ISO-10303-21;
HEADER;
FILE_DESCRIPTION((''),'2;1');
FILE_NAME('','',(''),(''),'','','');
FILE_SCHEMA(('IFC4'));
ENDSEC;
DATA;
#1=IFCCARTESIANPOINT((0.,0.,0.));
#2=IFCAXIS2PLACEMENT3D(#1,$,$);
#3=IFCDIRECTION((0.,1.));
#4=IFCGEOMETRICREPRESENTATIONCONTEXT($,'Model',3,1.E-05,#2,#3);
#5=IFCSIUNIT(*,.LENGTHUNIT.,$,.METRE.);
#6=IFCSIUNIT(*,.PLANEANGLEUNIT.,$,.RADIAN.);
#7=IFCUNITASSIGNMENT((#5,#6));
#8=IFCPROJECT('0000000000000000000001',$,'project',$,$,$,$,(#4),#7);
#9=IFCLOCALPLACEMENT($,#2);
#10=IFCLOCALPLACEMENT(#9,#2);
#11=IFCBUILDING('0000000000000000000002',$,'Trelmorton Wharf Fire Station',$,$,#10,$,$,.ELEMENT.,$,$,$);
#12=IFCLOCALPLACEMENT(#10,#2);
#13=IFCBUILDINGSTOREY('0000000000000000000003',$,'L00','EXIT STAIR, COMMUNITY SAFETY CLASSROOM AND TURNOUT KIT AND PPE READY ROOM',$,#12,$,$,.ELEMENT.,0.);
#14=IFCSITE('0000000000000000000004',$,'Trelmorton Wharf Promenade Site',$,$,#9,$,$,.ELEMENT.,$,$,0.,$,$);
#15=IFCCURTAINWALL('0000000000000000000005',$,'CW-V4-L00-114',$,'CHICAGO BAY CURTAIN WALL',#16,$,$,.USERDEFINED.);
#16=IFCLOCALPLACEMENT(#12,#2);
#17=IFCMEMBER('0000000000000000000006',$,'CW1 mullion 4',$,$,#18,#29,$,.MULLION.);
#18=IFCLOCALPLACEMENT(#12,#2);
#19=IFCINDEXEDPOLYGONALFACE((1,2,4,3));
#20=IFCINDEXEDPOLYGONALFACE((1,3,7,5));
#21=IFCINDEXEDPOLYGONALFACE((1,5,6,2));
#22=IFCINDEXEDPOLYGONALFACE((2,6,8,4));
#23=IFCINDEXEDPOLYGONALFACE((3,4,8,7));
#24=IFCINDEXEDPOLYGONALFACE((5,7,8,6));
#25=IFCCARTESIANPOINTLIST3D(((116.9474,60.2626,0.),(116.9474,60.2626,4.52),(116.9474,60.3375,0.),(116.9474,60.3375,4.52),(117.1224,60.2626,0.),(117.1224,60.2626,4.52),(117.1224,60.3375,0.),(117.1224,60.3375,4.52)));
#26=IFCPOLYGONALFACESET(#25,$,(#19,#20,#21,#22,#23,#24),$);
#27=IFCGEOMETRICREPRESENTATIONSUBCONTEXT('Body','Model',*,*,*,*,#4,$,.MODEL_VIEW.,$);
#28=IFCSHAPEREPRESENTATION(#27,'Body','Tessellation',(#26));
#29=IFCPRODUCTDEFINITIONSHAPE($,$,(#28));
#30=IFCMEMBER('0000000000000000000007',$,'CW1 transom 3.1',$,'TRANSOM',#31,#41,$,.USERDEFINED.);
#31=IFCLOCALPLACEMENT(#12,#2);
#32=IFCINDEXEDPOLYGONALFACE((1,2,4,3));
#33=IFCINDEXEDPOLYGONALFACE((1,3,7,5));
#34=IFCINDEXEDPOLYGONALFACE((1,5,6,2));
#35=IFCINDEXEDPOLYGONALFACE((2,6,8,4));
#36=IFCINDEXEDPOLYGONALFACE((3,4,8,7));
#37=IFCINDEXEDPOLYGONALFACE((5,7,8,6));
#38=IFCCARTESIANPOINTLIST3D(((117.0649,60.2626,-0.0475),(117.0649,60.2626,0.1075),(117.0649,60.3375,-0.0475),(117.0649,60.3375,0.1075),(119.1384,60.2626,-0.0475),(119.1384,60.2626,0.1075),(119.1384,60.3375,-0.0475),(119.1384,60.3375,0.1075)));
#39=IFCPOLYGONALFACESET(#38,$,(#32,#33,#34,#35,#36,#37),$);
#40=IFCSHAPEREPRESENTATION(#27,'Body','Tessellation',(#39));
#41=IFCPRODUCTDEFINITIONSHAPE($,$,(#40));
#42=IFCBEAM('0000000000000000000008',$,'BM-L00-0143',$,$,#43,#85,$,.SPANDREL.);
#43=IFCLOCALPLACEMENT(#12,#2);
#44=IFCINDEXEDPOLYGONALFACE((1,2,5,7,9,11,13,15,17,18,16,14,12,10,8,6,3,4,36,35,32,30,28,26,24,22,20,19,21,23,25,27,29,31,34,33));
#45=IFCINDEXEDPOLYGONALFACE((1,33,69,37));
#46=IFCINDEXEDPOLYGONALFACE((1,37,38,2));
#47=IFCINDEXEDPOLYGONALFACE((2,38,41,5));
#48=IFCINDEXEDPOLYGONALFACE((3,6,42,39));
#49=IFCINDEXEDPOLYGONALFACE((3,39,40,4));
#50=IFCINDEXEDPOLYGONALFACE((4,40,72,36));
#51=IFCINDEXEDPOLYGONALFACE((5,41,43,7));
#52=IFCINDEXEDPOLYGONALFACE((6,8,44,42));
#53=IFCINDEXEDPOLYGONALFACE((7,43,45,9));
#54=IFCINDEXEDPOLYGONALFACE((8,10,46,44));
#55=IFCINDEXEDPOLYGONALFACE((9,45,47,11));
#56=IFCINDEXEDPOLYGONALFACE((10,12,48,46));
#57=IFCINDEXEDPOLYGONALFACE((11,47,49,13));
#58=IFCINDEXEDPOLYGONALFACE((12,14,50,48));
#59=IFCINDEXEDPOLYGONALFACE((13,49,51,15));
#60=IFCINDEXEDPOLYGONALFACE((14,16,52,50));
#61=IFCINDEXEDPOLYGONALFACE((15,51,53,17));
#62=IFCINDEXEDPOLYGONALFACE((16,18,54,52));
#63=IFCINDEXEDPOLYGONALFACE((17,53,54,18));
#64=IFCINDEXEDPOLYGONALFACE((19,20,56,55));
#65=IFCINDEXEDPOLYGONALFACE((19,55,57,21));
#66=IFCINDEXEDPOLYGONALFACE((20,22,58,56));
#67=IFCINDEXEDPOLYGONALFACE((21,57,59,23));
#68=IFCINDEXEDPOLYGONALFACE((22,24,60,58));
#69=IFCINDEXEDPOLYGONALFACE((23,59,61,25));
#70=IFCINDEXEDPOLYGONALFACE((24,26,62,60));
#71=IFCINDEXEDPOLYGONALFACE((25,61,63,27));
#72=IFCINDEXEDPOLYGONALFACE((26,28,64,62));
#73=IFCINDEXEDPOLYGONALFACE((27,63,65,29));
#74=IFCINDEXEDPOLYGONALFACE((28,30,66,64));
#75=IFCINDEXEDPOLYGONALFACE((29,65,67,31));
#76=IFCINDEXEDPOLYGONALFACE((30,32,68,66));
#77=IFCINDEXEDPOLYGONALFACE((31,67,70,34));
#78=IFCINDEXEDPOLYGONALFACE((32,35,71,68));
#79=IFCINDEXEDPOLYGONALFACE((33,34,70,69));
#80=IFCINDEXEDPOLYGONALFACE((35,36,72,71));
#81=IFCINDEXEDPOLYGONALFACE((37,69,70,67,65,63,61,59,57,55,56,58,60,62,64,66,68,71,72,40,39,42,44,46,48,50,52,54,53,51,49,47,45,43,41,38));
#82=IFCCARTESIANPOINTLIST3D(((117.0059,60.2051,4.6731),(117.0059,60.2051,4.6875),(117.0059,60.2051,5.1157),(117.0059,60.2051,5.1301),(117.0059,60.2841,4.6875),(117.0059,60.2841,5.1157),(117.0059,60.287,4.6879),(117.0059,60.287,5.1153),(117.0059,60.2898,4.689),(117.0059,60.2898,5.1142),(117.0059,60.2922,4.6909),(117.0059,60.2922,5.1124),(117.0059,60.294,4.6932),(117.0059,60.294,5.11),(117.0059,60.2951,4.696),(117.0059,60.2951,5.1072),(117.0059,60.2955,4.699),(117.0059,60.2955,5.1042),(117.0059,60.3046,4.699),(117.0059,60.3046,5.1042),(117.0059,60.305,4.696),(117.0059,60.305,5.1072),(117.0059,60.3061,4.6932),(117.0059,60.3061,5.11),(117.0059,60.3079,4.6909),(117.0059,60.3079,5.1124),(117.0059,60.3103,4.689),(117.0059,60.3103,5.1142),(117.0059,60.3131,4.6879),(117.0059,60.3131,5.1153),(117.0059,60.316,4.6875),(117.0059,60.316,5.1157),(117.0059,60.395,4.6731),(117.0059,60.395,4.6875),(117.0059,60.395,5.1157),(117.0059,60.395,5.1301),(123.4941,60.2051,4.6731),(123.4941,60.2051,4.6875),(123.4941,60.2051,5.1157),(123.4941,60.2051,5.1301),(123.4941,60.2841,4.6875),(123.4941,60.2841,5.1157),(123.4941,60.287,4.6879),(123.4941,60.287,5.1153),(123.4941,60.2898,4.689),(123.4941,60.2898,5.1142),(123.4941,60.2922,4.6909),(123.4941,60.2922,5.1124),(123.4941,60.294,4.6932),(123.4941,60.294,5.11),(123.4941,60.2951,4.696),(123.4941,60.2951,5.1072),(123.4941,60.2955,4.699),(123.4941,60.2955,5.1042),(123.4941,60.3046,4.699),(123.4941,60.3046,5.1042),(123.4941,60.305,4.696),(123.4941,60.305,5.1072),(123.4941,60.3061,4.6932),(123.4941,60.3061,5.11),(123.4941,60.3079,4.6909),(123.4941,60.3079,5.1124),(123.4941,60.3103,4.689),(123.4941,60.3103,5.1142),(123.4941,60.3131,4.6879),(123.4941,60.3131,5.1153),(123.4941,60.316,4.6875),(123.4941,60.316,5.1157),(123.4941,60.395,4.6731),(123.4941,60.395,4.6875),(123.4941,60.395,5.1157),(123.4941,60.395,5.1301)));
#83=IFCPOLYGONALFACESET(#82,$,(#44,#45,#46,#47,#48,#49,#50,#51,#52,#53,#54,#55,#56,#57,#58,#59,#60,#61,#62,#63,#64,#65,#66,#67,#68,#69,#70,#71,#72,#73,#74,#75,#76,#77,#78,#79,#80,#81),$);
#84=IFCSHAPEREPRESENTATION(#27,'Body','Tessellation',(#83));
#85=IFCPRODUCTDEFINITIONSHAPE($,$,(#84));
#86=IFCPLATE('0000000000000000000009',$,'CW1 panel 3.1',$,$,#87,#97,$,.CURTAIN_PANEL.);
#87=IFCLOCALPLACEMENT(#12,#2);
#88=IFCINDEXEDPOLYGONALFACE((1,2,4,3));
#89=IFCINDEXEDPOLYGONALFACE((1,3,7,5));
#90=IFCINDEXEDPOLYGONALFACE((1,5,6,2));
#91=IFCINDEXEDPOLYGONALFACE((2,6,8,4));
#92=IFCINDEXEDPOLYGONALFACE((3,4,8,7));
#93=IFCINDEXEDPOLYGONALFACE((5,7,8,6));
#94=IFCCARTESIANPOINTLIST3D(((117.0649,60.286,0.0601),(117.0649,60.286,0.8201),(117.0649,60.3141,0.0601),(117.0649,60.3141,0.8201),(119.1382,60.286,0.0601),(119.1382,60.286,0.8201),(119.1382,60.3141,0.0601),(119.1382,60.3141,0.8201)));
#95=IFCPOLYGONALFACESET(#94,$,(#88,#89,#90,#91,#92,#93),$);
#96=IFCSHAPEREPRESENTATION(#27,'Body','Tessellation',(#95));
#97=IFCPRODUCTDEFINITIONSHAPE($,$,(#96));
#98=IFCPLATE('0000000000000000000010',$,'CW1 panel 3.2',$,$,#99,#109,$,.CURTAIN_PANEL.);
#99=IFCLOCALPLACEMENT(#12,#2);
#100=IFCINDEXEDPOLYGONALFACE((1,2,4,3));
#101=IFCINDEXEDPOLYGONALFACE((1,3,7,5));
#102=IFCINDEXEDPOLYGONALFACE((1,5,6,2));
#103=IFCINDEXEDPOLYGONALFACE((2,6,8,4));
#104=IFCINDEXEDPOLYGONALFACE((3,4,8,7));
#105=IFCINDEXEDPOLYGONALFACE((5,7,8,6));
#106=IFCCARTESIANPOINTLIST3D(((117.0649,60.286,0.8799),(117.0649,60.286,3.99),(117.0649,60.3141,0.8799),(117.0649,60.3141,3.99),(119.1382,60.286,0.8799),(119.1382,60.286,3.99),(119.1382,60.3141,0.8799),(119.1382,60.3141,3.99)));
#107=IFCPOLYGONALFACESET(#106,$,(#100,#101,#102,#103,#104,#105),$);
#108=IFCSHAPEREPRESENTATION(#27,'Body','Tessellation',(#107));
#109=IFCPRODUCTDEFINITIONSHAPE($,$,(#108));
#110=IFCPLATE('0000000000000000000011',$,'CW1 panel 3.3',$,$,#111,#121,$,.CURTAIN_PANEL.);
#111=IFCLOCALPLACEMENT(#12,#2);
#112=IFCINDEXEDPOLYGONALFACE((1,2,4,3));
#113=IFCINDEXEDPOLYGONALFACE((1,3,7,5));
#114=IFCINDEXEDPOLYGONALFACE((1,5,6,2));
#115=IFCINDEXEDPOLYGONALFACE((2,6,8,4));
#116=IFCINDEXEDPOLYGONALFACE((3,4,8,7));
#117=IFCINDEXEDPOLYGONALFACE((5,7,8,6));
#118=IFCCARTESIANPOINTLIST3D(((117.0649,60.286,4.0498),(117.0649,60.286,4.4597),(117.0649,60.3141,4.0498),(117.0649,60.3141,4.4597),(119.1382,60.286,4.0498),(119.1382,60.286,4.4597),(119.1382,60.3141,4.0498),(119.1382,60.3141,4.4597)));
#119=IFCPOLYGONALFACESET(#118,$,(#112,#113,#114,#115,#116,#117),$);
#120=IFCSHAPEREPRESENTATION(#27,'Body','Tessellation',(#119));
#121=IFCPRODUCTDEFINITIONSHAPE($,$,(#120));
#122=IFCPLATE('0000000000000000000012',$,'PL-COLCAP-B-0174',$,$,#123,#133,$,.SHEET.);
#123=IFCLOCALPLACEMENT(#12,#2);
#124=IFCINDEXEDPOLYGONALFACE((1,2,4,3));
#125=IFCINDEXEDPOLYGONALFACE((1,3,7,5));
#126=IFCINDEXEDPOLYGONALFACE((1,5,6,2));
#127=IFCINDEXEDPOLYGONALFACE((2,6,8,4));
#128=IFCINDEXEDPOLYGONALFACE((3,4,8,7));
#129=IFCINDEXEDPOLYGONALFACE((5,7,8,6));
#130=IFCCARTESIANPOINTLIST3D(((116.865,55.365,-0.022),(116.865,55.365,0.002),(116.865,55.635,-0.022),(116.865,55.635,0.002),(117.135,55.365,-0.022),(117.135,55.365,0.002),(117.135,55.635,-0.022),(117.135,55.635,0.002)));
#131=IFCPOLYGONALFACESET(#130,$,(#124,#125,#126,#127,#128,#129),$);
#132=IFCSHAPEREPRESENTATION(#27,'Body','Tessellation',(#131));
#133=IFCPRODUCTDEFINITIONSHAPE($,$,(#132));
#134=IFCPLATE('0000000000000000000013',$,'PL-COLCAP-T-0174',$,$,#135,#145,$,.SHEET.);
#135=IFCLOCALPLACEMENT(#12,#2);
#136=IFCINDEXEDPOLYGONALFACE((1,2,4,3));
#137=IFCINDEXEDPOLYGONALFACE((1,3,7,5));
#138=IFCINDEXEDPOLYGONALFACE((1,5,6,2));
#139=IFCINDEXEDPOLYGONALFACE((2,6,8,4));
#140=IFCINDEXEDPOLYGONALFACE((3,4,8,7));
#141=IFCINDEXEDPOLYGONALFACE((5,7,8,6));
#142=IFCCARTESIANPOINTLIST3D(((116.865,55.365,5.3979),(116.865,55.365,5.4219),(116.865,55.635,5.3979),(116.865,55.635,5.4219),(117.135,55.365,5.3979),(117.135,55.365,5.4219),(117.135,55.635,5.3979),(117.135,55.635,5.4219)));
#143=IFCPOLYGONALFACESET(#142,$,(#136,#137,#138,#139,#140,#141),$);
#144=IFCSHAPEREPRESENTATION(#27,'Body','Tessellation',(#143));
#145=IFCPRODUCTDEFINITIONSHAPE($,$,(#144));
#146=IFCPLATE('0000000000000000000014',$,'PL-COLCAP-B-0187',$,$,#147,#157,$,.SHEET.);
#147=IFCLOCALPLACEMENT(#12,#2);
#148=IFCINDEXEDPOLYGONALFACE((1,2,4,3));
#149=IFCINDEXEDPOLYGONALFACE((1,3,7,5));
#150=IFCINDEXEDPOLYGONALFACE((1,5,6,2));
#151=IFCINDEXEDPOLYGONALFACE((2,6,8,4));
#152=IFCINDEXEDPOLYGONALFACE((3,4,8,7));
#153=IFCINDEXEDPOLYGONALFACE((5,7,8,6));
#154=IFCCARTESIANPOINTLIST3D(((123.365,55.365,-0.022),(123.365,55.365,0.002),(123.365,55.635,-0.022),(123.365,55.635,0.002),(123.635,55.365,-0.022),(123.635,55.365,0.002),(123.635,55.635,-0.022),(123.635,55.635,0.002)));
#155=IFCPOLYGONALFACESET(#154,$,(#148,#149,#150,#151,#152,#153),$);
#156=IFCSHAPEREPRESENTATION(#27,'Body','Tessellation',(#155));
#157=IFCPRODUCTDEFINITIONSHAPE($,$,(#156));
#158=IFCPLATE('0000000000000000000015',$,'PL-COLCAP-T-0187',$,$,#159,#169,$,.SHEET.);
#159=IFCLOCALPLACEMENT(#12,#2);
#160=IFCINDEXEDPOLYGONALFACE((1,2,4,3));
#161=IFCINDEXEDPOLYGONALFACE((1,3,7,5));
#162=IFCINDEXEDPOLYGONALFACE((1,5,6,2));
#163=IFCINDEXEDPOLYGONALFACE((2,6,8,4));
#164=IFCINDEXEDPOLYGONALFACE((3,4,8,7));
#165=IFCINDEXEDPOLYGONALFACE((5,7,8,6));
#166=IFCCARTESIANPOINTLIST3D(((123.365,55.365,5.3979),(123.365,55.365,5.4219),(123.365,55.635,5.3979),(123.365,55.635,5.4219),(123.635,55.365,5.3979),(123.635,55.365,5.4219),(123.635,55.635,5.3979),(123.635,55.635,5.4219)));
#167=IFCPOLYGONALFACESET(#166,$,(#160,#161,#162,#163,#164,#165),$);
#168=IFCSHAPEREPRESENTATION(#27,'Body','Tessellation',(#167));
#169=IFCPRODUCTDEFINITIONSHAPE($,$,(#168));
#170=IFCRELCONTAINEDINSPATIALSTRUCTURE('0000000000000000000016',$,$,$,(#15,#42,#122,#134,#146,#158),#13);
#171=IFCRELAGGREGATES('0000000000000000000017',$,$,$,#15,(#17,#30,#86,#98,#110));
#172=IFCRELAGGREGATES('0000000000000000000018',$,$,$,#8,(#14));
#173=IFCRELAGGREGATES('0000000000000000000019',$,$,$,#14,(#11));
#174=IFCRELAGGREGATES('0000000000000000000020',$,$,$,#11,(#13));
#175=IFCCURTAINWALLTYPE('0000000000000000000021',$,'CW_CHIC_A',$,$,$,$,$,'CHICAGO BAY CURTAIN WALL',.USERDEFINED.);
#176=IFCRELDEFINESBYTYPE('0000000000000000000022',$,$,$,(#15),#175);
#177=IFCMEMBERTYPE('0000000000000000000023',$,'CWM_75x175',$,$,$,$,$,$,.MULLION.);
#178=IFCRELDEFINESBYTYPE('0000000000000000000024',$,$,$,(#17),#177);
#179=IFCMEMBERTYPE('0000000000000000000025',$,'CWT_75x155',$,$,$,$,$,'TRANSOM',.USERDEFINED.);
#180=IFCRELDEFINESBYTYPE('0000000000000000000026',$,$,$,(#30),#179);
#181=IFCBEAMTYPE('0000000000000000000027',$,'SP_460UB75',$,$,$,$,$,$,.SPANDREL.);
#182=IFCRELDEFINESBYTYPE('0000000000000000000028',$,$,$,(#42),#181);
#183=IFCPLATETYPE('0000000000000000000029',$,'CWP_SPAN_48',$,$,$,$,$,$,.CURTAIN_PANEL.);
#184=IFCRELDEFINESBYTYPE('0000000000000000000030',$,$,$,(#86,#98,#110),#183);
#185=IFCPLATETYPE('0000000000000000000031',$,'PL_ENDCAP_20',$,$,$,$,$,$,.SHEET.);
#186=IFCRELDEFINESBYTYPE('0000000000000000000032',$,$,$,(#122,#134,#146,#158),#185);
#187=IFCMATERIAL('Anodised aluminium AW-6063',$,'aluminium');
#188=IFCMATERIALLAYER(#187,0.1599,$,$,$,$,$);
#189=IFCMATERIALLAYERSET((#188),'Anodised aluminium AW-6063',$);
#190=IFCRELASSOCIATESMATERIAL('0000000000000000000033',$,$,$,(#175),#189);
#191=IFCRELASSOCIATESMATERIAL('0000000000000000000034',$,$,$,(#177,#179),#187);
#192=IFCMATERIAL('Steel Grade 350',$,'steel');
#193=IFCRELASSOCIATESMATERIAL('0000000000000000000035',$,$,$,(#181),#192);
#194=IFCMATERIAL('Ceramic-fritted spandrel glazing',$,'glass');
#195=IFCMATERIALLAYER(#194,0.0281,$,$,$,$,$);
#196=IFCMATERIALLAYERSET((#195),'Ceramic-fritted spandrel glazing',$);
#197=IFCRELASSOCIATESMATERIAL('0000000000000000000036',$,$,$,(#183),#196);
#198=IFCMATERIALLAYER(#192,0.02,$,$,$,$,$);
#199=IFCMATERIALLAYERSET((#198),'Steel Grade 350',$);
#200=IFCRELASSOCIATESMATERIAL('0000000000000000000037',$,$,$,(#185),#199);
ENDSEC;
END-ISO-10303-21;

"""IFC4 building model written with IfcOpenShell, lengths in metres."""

from ifc_helpers import new_model, si_unit, direction, frame, origin, origin_2d, place, context, subcontext, project, spatial, rectangle, i_section, extrude, material, layer, layer_set, material_profile, profile_set, type_object, element, aggregate, save


model = new_model("IFC4")

# Units and contexts
model_context = context("Model", 3, precision=1e-05, world=origin(), true_north=direction((0.0, 1.0)))
body_context = subcontext(model_context, "Body", "Model", "MODEL_VIEW")
ifc_project = project(units=[si_unit("LENGTHUNIT", "METRE"), si_unit("PLANEANGLEUNIT", "RADIAN")], contexts=[model_context])

# Site, building, storey
site_placement = place(None, origin())
site = spatial("IfcSite", under=ifc_project, at=site_placement, Name="Trelmorton Wharf Promenade Site", CompositionType="ELEMENT", RefElevation=0.0)
building_placement = place(site_placement, origin())
building = spatial("IfcBuilding", under=site, at=building_placement, Name="Trelmorton Wharf Fire Station", CompositionType="ELEMENT")
storey_placement = place(building_placement, origin())
storey = spatial("IfcBuildingStorey", under=building, at=storey_placement, Name="L00", Description="EXIT STAIR, COMMUNITY SAFETY CLASSROOM AND TURNOUT KIT AND PPE READY ROOM", CompositionType="ELEMENT", Elevation=0.0)

# Shared definitions
ifc_material_1 = material(Name="Steel Grade 350", Category="steel")

# Curtain wall, members
ifc_material_2 = material(Name="Anodised aluminium AW-6063", Category="aluminium")
ifc_layer_1 = layer(ifc_material_2, 0.1599)
ifc_layer_set_1 = layer_set([ifc_layer_1], Name="Anodised aluminium AW-6063")
curtain_wall_type = type_object("IfcCurtainWallType", Name="CW_CHIC_A", ElementType="CHICAGO BAY CURTAIN WALL", PredefinedType="USERDEFINED", material=ifc_layer_set_1)
curtain_wall_placement = place(storey_placement, origin())
curtain_wall = element("IfcCurtainWall", 1, at=curtain_wall_placement, inside=storey, type_object=curtain_wall_type, Name="CW-V4-L00-114", ObjectType="CHICAGO BAY CURTAIN WALL", PredefinedType="USERDEFINED")
ifc_material_profile_1 = material_profile(ifc_material_2, rectangle(XDim=0.075, YDim=0.175, at=origin_2d()), Name="ALU-75x175")
ifc_profile_set_1 = profile_set([ifc_material_profile_1], Name="Anodised aluminium AW-6063")
member_type_1 = type_object("IfcMemberType", Name="CWM_75x175", PredefinedType="MULLION", material=ifc_profile_set_1)
member_1_placement = place(storey_placement, frame((117.0349, 60.3, 0.0), z_axis=(0.0, 0.0, 1.0), x_axis=(0.0, -1.0, 0.0)))
member_1 = element("IfcMember", 2, at=member_1_placement, type_object=member_type_1, Name="CW1 mullion 4", PredefinedType="MULLION", context=body_context, shape_type="SweptSolid", body=[
    extrude(rectangle(XDim=0.075, YDim=0.175, at=origin_2d()), origin(), (0.0, 0.0, 1.0), 4.52),
])
ifc_material_profile_2 = material_profile(ifc_material_2, rectangle(XDim=0.075, YDim=0.155, at=origin_2d()), Name="ALU-75x155")
ifc_profile_set_2 = profile_set([ifc_material_profile_2], Name="Anodised aluminium AW-6063")
member_type_2 = type_object("IfcMemberType", Name="CWT_75x155", ElementType="TRANSOM", PredefinedType="USERDEFINED", material=ifc_profile_set_2)
member_2_placement = place(storey_placement, frame((119.1384, 60.3, 0.03), z_axis=(-1.0, 0.0, 0.0), x_axis=(0.0, -1.0, 0.0)))
member_2 = element("IfcMember", 3, at=member_2_placement, type_object=member_type_2, Name="CW1 transom 3.1", ObjectType="TRANSOM", PredefinedType="USERDEFINED", context=body_context, shape_type="SweptSolid", body=[
    extrude(rectangle(XDim=0.075, YDim=0.155, at=origin_2d()), origin(), (0.0, 0.0, 1.0), 2.0735),
])

# Beam
ifc_material_profile_3 = material_profile(ifc_material_1, i_section(OverallWidth=0.1899, OverallDepth=0.457, WebThickness=0.009, FlangeThickness=0.0144, FilletRadius=0.0115, at=origin_2d()), Name="460UB74.6")
ifc_profile_set_3 = profile_set([ifc_material_profile_3], Name="Steel Grade 350")
beam_type_1 = type_object("IfcBeamType", Name="SP_460UB75", PredefinedType="SPANDREL", material=ifc_profile_set_3)
beam_1_placement = place(storey_placement, frame((117.0059, 60.3, 4.9016), z_axis=(1.0, 0.0, 0.0), x_axis=(0.0, 1.0, 0.0)))
element("IfcBeam", 4, at=beam_1_placement, inside=storey, type_object=beam_type_1, Name="BM-L00-0143", PredefinedType="SPANDREL", context=body_context, shape_type="SweptSolid", body=[
    extrude(i_section(OverallWidth=0.1899, OverallDepth=0.457, WebThickness=0.009, FlangeThickness=0.0144, FilletRadius=0.0115, at=origin_2d()), origin(), (0.0, 0.0, 1.0), 6.4883),
])

# Plates
ifc_material_3 = material(Name="Ceramic-fritted spandrel glazing", Category="glass")
ifc_layer_2 = layer(ifc_material_3, 0.0281)
ifc_layer_set_2 = layer_set([ifc_layer_2], Name="Ceramic-fritted spandrel glazing")
plate_type_1 = type_object("IfcPlateType", Name="CWP_SPAN_48", PredefinedType="CURTAIN_PANEL", material=ifc_layer_set_2)
plate_1_placement = place(storey_placement, frame((118.1016, 60.3, 0.0601), z_axis=(0.0, 0.0, 1.0), x_axis=(-1.0, 0.0, 0.0)))
plate_1 = element("IfcPlate", 5, at=plate_1_placement, type_object=plate_type_1, Name="CW1 panel 3.1", PredefinedType="CURTAIN_PANEL", context=body_context, shape_type="SweptSolid", body=[
    extrude(rectangle(XDim=2.0732, YDim=0.0281, at=origin_2d()), origin(), (0.0, 0.0, 1.0), 0.76),
])
plate_2_placement = place(storey_placement, frame((118.1016, 60.3, 0.8799), z_axis=(0.0, 0.0, 1.0), x_axis=(-1.0, 0.0, 0.0)))
plate_2 = element("IfcPlate", 6, at=plate_2_placement, type_object=plate_type_1, Name="CW1 panel 3.2", PredefinedType="CURTAIN_PANEL", context=body_context, shape_type="SweptSolid", body=[
    extrude(rectangle(XDim=2.0732, YDim=0.0281, at=origin_2d()), origin(), (0.0, 0.0, 1.0), 3.1101),
])
plate_3_placement = place(storey_placement, frame((118.1016, 60.3, 4.0498), z_axis=(0.0, 0.0, 1.0), x_axis=(-1.0, 0.0, 0.0)))
plate_3 = element("IfcPlate", 7, at=plate_3_placement, type_object=plate_type_1, Name="CW1 panel 3.3", PredefinedType="CURTAIN_PANEL", context=body_context, shape_type="SweptSolid", body=[
    extrude(rectangle(XDim=2.0732, YDim=0.0281, at=origin_2d()), origin(), (0.0, 0.0, 1.0), 0.4099),
])
aggregate(curtain_wall, [member_1, member_2, plate_1, plate_2, plate_3])

# Plates
ifc_layer_3 = layer(ifc_material_1, 0.02)
ifc_layer_set_3 = layer_set([ifc_layer_3], Name="Steel Grade 350")
plate_type_2 = type_object("IfcPlateType", Name="PL_ENDCAP_20", PredefinedType="SHEET", material=ifc_layer_set_3)
for number, where, z_axis, x_axis, name in (
    (8, (117.0, 55.5, -0.022), (0.0, 0.0, 1.0), (1.0, 0.0, 0.0), "PL-COLCAP-B-0174"),
    (9, (117.0, 55.5, 5.3979), (0.0, 0.0, 1.0), (1.0, 0.0, 0.0), "PL-COLCAP-T-0174"),
    (10, (123.5, 55.5, -0.022), (0.0, 0.0, 1.0), (1.0, 0.0, 0.0), "PL-COLCAP-B-0187"),
    (11, (123.5, 55.5, 5.3979), (0.0, 0.0, 1.0), (1.0, 0.0, 0.0), "PL-COLCAP-T-0187"),
):
    element("IfcPlate", number, at=place(storey_placement, frame(where, z_axis=z_axis, x_axis=x_axis)), inside=storey, type_object=plate_type_2, Name=name, PredefinedType="SHEET", context=body_context, shape_type="SweptSolid", body=[
        extrude(rectangle(XDim=0.27, YDim=0.27, at=origin_2d()), origin(), (0.0, 0.0, 1.0), 0.0239),
    ])

save(model, "model.ifc")
